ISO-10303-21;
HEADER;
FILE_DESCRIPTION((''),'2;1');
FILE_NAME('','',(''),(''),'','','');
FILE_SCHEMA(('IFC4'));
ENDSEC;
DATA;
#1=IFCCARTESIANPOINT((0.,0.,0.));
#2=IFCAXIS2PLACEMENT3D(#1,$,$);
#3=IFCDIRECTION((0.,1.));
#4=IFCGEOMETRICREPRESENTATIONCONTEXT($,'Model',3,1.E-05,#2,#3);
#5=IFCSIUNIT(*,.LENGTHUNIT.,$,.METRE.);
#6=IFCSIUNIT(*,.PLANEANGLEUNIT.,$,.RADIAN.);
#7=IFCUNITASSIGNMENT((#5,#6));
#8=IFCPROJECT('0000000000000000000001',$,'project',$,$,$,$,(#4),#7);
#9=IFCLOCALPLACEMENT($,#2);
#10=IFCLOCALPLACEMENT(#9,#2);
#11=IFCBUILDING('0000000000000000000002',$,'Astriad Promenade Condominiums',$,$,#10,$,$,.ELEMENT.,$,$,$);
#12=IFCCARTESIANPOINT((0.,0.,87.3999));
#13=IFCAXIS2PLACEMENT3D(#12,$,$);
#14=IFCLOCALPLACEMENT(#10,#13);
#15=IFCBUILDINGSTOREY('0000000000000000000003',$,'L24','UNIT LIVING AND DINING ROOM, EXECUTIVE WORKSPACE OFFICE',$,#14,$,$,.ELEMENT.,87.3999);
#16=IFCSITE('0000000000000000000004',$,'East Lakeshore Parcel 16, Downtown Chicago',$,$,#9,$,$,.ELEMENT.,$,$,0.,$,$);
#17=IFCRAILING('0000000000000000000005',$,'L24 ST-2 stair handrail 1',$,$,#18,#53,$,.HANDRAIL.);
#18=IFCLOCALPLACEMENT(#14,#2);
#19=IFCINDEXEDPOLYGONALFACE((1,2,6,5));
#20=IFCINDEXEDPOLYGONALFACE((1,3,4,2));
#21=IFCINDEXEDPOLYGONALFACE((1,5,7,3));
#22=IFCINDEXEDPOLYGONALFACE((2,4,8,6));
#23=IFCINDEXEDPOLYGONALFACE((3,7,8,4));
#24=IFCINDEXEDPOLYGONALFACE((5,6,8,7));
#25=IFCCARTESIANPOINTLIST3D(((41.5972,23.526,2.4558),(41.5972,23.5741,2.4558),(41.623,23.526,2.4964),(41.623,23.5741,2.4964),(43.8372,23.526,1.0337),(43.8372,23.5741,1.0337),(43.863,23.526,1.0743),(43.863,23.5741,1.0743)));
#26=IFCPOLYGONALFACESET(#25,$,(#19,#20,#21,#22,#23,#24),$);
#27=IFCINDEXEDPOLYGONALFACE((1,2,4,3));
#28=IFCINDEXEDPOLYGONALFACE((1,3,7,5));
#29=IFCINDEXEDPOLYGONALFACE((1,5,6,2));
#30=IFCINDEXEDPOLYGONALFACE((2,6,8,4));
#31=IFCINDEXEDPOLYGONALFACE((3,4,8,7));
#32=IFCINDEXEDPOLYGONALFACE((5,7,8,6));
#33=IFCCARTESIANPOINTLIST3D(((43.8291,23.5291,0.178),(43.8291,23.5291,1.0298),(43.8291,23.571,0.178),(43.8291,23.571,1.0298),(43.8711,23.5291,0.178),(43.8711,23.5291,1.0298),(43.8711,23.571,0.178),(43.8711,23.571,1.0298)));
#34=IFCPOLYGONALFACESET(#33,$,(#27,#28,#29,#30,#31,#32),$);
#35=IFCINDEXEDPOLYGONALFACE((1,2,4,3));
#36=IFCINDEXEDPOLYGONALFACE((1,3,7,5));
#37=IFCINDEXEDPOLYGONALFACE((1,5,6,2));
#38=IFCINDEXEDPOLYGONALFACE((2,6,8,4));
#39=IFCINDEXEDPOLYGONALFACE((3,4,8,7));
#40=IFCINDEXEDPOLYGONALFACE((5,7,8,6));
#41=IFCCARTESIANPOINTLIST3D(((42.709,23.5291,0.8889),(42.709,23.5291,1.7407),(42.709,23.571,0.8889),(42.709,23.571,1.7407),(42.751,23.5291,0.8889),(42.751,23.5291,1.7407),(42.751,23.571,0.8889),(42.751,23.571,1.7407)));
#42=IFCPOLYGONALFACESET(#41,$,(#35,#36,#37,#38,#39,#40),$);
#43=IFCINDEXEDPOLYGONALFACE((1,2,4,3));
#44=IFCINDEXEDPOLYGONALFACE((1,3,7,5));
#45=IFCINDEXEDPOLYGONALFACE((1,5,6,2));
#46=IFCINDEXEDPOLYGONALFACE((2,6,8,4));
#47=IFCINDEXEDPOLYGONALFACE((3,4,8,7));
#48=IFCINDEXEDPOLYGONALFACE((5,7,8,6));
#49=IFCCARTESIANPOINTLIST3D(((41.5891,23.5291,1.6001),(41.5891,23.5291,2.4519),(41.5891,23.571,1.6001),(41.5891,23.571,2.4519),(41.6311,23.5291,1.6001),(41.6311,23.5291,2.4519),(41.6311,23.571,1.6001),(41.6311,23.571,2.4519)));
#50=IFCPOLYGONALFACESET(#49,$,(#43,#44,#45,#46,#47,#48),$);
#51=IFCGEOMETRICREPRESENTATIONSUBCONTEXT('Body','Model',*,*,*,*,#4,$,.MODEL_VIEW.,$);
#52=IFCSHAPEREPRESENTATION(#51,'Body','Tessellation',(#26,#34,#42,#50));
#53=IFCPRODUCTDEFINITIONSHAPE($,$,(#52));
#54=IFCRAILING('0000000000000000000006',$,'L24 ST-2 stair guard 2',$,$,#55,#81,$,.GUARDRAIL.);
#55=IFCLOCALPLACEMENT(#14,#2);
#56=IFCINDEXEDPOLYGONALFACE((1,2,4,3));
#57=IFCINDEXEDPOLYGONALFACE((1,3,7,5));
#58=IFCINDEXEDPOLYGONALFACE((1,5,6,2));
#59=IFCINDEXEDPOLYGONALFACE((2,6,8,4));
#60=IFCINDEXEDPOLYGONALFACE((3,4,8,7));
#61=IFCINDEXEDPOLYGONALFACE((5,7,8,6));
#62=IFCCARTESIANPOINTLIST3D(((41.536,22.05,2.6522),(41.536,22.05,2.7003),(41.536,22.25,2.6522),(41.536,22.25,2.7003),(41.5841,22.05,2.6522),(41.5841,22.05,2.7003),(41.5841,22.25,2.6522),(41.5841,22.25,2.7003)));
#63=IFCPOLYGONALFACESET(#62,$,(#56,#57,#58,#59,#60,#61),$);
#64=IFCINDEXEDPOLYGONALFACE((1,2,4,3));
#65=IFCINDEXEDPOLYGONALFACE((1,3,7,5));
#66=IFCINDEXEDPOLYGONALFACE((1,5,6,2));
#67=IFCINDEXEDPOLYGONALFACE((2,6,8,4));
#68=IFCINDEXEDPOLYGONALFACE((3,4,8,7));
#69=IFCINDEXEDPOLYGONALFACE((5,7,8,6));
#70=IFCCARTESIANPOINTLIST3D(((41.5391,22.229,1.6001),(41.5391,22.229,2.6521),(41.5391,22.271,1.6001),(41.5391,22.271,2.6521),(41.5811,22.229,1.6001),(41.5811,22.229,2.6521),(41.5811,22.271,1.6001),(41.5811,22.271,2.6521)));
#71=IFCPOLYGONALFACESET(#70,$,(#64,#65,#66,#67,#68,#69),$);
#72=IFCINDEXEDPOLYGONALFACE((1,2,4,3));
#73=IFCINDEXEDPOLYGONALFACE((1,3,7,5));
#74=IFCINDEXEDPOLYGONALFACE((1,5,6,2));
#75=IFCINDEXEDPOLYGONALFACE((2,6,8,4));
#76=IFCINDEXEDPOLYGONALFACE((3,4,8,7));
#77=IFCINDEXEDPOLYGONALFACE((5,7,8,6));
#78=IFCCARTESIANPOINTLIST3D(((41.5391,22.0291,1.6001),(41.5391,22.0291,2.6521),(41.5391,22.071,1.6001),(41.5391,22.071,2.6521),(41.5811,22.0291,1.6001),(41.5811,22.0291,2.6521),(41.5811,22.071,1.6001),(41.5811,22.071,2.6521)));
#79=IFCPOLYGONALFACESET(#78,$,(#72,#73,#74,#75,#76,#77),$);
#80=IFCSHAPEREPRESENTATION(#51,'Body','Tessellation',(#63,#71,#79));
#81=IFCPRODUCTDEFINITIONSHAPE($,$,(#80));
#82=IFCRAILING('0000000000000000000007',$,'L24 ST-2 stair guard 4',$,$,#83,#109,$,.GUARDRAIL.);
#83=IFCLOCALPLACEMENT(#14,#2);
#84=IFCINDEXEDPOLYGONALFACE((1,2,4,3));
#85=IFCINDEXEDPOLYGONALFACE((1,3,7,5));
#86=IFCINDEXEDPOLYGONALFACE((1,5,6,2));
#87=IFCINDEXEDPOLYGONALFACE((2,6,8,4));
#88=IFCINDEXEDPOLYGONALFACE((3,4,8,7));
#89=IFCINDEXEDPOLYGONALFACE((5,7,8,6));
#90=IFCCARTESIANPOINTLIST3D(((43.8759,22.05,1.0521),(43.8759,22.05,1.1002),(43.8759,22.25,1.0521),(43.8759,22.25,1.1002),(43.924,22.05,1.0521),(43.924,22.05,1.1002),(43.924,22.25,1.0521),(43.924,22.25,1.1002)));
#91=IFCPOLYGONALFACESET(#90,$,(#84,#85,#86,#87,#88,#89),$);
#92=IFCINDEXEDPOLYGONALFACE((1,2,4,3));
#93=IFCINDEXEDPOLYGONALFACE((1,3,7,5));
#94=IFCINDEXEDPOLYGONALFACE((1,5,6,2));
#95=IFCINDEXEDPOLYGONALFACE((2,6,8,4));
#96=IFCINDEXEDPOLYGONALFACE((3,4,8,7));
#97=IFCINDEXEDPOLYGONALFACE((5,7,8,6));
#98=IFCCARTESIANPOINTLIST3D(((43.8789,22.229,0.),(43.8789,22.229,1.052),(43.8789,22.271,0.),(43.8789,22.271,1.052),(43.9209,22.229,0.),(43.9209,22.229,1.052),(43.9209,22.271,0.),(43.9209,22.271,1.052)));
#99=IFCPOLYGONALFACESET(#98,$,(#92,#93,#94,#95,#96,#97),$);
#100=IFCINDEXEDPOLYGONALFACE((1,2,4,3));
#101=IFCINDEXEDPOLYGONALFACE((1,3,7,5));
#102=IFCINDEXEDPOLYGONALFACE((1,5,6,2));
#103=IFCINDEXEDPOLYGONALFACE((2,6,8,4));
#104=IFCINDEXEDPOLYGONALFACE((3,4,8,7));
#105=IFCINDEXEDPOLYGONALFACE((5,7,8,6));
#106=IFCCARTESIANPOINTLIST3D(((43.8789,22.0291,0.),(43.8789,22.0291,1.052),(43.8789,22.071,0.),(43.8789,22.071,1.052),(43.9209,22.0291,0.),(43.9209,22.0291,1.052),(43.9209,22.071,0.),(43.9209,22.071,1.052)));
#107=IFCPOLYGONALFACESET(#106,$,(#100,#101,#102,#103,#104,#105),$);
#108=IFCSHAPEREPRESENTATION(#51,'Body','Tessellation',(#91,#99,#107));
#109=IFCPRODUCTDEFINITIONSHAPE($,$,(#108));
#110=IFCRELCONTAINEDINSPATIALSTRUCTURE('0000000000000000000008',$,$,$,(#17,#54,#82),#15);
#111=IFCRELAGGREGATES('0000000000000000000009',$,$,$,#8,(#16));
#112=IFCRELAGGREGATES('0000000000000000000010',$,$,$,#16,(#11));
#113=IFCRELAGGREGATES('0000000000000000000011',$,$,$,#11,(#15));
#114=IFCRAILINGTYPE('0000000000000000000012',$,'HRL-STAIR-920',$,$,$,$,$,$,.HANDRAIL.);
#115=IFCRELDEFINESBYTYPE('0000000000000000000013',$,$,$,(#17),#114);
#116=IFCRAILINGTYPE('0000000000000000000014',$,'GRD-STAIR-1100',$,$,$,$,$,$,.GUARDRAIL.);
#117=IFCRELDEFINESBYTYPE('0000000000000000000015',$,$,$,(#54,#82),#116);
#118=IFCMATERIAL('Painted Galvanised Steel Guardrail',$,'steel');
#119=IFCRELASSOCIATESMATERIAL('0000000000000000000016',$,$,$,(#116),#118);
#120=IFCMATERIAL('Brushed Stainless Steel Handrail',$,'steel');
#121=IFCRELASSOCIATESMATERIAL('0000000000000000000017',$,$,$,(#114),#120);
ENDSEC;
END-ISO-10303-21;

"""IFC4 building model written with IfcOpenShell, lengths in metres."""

from ifc_helpers import new_model, si_unit, direction, frame, origin, origin_2d, place, context, subcontext, project, spatial, rectangle, extrude, source, transform, mapped, material, type_object, element, save


model = new_model("IFC4")

# Units and contexts
model_context = context("Model", 3, precision=1e-05, world=origin(), true_north=direction((0.0, 1.0)))
body_context = subcontext(model_context, "Body", "Model", "MODEL_VIEW")
ifc_project = project(units=[si_unit("LENGTHUNIT", "METRE"), si_unit("PLANEANGLEUNIT", "RADIAN")], contexts=[model_context])

# Site, building, storey
site_placement = place(None, origin())
site = spatial("IfcSite", under=ifc_project, at=site_placement, Name="East Lakeshore Parcel 16, Downtown Chicago", CompositionType="ELEMENT", RefElevation=0.0)
building_placement = place(site_placement, origin())
building = spatial("IfcBuilding", under=site, at=building_placement, Name="Astriad Promenade Condominiums", CompositionType="ELEMENT")
storey_placement = place(building_placement, frame((0.0, 0.0, 87.3999)))
storey = spatial("IfcBuildingStorey", under=building, at=storey_placement, Name="L24", Description="UNIT LIVING AND DINING ROOM, EXECUTIVE WORKSPACE OFFICE", CompositionType="ELEMENT", Elevation=87.3999)

# Railings
ifc_material_1 = material(Name="Painted Galvanised Steel Guardrail", Category="steel")
railing_type_1 = type_object("IfcRailingType", Name="GRD-STAIR-1100", PredefinedType="GUARDRAIL", material=ifc_material_1)
ifc_material_2 = material(Name="Brushed Stainless Steel Handrail", Category="steel")
railing_type_2 = type_object("IfcRailingType", Name="HRL-STAIR-920", PredefinedType="HANDRAIL", material=ifc_material_2)
shared_shape_1 = source(origin(), body_context, "Body", "SweptSolid", [
    extrude(rectangle(XDim=0.0481, YDim=0.0481, at=origin_2d()), frame((0.0, 0.0, 0.876), z_axis=(-0.844229, 0.0, 0.535982), x_axis=(0.0, -1.0, 0.0)), (0.0, 0.0, 1.0), 2.6533),
    extrude(rectangle(XDim=0.042, YDim=0.042, at=origin_2d()), origin(), (0.0, 0.0, 1.0), 0.8518),
    extrude(rectangle(XDim=0.042, YDim=0.042, at=origin_2d()), frame((-1.1201, 0.0, 0.7109)), (0.0, 0.0, 1.0), 0.8518),
    extrude(rectangle(XDim=0.042, YDim=0.042, at=origin_2d()), frame((-2.24, 0.0, 1.4221)), (0.0, 0.0, 1.0), 0.8518),
])
railing_1_placement = place(storey_placement, frame((43.8501, 23.55, 0.178)))
element("IfcRailing", 1, at=railing_1_placement, inside=storey, type_object=railing_type_2, Name="L24 ST-2 stair handrail 1", PredefinedType="HANDRAIL", context=body_context, shape_type="MappedRepresentation", body=[
    mapped(shared_shape_1, transform((0.0, 0.0, 0.0), scale=1.0)),
])
shared_shape_2 = source(origin(), body_context, "Body", "SweptSolid", [
    extrude(rectangle(XDim=0.0481, YDim=0.0481, at=origin_2d()), frame((0.0, 0.0, 1.0762), z_axis=(0.0, -1.0, 0.0), x_axis=(1.0, 0.0, 0.0)), (0.0, 0.0, 1.0), 0.2),
    extrude(rectangle(XDim=0.042, YDim=0.042, at=origin_2d()), origin(), (0.0, 0.0, 1.0), 1.052),
    extrude(rectangle(XDim=0.042, YDim=0.042, at=origin_2d()), frame((0.0, -0.2, 0.0)), (0.0, 0.0, 1.0), 1.052),
])
for number, where, name in (
    (2, (41.5601, 22.25, 1.6001), "L24 ST-2 stair guard 2"),
    (3, (43.8999, 22.25, 0.0), "L24 ST-2 stair guard 4"),
):
    element("IfcRailing", number, at=place(storey_placement, frame(where)), inside=storey, type_object=railing_type_1, Name=name, PredefinedType="GUARDRAIL", context=body_context, shape_type="MappedRepresentation", body=[
        mapped(shared_shape_2, transform((0.0, 0.0, 0.0), scale=1.0)),
    ])

save(model, "model.ifc")
